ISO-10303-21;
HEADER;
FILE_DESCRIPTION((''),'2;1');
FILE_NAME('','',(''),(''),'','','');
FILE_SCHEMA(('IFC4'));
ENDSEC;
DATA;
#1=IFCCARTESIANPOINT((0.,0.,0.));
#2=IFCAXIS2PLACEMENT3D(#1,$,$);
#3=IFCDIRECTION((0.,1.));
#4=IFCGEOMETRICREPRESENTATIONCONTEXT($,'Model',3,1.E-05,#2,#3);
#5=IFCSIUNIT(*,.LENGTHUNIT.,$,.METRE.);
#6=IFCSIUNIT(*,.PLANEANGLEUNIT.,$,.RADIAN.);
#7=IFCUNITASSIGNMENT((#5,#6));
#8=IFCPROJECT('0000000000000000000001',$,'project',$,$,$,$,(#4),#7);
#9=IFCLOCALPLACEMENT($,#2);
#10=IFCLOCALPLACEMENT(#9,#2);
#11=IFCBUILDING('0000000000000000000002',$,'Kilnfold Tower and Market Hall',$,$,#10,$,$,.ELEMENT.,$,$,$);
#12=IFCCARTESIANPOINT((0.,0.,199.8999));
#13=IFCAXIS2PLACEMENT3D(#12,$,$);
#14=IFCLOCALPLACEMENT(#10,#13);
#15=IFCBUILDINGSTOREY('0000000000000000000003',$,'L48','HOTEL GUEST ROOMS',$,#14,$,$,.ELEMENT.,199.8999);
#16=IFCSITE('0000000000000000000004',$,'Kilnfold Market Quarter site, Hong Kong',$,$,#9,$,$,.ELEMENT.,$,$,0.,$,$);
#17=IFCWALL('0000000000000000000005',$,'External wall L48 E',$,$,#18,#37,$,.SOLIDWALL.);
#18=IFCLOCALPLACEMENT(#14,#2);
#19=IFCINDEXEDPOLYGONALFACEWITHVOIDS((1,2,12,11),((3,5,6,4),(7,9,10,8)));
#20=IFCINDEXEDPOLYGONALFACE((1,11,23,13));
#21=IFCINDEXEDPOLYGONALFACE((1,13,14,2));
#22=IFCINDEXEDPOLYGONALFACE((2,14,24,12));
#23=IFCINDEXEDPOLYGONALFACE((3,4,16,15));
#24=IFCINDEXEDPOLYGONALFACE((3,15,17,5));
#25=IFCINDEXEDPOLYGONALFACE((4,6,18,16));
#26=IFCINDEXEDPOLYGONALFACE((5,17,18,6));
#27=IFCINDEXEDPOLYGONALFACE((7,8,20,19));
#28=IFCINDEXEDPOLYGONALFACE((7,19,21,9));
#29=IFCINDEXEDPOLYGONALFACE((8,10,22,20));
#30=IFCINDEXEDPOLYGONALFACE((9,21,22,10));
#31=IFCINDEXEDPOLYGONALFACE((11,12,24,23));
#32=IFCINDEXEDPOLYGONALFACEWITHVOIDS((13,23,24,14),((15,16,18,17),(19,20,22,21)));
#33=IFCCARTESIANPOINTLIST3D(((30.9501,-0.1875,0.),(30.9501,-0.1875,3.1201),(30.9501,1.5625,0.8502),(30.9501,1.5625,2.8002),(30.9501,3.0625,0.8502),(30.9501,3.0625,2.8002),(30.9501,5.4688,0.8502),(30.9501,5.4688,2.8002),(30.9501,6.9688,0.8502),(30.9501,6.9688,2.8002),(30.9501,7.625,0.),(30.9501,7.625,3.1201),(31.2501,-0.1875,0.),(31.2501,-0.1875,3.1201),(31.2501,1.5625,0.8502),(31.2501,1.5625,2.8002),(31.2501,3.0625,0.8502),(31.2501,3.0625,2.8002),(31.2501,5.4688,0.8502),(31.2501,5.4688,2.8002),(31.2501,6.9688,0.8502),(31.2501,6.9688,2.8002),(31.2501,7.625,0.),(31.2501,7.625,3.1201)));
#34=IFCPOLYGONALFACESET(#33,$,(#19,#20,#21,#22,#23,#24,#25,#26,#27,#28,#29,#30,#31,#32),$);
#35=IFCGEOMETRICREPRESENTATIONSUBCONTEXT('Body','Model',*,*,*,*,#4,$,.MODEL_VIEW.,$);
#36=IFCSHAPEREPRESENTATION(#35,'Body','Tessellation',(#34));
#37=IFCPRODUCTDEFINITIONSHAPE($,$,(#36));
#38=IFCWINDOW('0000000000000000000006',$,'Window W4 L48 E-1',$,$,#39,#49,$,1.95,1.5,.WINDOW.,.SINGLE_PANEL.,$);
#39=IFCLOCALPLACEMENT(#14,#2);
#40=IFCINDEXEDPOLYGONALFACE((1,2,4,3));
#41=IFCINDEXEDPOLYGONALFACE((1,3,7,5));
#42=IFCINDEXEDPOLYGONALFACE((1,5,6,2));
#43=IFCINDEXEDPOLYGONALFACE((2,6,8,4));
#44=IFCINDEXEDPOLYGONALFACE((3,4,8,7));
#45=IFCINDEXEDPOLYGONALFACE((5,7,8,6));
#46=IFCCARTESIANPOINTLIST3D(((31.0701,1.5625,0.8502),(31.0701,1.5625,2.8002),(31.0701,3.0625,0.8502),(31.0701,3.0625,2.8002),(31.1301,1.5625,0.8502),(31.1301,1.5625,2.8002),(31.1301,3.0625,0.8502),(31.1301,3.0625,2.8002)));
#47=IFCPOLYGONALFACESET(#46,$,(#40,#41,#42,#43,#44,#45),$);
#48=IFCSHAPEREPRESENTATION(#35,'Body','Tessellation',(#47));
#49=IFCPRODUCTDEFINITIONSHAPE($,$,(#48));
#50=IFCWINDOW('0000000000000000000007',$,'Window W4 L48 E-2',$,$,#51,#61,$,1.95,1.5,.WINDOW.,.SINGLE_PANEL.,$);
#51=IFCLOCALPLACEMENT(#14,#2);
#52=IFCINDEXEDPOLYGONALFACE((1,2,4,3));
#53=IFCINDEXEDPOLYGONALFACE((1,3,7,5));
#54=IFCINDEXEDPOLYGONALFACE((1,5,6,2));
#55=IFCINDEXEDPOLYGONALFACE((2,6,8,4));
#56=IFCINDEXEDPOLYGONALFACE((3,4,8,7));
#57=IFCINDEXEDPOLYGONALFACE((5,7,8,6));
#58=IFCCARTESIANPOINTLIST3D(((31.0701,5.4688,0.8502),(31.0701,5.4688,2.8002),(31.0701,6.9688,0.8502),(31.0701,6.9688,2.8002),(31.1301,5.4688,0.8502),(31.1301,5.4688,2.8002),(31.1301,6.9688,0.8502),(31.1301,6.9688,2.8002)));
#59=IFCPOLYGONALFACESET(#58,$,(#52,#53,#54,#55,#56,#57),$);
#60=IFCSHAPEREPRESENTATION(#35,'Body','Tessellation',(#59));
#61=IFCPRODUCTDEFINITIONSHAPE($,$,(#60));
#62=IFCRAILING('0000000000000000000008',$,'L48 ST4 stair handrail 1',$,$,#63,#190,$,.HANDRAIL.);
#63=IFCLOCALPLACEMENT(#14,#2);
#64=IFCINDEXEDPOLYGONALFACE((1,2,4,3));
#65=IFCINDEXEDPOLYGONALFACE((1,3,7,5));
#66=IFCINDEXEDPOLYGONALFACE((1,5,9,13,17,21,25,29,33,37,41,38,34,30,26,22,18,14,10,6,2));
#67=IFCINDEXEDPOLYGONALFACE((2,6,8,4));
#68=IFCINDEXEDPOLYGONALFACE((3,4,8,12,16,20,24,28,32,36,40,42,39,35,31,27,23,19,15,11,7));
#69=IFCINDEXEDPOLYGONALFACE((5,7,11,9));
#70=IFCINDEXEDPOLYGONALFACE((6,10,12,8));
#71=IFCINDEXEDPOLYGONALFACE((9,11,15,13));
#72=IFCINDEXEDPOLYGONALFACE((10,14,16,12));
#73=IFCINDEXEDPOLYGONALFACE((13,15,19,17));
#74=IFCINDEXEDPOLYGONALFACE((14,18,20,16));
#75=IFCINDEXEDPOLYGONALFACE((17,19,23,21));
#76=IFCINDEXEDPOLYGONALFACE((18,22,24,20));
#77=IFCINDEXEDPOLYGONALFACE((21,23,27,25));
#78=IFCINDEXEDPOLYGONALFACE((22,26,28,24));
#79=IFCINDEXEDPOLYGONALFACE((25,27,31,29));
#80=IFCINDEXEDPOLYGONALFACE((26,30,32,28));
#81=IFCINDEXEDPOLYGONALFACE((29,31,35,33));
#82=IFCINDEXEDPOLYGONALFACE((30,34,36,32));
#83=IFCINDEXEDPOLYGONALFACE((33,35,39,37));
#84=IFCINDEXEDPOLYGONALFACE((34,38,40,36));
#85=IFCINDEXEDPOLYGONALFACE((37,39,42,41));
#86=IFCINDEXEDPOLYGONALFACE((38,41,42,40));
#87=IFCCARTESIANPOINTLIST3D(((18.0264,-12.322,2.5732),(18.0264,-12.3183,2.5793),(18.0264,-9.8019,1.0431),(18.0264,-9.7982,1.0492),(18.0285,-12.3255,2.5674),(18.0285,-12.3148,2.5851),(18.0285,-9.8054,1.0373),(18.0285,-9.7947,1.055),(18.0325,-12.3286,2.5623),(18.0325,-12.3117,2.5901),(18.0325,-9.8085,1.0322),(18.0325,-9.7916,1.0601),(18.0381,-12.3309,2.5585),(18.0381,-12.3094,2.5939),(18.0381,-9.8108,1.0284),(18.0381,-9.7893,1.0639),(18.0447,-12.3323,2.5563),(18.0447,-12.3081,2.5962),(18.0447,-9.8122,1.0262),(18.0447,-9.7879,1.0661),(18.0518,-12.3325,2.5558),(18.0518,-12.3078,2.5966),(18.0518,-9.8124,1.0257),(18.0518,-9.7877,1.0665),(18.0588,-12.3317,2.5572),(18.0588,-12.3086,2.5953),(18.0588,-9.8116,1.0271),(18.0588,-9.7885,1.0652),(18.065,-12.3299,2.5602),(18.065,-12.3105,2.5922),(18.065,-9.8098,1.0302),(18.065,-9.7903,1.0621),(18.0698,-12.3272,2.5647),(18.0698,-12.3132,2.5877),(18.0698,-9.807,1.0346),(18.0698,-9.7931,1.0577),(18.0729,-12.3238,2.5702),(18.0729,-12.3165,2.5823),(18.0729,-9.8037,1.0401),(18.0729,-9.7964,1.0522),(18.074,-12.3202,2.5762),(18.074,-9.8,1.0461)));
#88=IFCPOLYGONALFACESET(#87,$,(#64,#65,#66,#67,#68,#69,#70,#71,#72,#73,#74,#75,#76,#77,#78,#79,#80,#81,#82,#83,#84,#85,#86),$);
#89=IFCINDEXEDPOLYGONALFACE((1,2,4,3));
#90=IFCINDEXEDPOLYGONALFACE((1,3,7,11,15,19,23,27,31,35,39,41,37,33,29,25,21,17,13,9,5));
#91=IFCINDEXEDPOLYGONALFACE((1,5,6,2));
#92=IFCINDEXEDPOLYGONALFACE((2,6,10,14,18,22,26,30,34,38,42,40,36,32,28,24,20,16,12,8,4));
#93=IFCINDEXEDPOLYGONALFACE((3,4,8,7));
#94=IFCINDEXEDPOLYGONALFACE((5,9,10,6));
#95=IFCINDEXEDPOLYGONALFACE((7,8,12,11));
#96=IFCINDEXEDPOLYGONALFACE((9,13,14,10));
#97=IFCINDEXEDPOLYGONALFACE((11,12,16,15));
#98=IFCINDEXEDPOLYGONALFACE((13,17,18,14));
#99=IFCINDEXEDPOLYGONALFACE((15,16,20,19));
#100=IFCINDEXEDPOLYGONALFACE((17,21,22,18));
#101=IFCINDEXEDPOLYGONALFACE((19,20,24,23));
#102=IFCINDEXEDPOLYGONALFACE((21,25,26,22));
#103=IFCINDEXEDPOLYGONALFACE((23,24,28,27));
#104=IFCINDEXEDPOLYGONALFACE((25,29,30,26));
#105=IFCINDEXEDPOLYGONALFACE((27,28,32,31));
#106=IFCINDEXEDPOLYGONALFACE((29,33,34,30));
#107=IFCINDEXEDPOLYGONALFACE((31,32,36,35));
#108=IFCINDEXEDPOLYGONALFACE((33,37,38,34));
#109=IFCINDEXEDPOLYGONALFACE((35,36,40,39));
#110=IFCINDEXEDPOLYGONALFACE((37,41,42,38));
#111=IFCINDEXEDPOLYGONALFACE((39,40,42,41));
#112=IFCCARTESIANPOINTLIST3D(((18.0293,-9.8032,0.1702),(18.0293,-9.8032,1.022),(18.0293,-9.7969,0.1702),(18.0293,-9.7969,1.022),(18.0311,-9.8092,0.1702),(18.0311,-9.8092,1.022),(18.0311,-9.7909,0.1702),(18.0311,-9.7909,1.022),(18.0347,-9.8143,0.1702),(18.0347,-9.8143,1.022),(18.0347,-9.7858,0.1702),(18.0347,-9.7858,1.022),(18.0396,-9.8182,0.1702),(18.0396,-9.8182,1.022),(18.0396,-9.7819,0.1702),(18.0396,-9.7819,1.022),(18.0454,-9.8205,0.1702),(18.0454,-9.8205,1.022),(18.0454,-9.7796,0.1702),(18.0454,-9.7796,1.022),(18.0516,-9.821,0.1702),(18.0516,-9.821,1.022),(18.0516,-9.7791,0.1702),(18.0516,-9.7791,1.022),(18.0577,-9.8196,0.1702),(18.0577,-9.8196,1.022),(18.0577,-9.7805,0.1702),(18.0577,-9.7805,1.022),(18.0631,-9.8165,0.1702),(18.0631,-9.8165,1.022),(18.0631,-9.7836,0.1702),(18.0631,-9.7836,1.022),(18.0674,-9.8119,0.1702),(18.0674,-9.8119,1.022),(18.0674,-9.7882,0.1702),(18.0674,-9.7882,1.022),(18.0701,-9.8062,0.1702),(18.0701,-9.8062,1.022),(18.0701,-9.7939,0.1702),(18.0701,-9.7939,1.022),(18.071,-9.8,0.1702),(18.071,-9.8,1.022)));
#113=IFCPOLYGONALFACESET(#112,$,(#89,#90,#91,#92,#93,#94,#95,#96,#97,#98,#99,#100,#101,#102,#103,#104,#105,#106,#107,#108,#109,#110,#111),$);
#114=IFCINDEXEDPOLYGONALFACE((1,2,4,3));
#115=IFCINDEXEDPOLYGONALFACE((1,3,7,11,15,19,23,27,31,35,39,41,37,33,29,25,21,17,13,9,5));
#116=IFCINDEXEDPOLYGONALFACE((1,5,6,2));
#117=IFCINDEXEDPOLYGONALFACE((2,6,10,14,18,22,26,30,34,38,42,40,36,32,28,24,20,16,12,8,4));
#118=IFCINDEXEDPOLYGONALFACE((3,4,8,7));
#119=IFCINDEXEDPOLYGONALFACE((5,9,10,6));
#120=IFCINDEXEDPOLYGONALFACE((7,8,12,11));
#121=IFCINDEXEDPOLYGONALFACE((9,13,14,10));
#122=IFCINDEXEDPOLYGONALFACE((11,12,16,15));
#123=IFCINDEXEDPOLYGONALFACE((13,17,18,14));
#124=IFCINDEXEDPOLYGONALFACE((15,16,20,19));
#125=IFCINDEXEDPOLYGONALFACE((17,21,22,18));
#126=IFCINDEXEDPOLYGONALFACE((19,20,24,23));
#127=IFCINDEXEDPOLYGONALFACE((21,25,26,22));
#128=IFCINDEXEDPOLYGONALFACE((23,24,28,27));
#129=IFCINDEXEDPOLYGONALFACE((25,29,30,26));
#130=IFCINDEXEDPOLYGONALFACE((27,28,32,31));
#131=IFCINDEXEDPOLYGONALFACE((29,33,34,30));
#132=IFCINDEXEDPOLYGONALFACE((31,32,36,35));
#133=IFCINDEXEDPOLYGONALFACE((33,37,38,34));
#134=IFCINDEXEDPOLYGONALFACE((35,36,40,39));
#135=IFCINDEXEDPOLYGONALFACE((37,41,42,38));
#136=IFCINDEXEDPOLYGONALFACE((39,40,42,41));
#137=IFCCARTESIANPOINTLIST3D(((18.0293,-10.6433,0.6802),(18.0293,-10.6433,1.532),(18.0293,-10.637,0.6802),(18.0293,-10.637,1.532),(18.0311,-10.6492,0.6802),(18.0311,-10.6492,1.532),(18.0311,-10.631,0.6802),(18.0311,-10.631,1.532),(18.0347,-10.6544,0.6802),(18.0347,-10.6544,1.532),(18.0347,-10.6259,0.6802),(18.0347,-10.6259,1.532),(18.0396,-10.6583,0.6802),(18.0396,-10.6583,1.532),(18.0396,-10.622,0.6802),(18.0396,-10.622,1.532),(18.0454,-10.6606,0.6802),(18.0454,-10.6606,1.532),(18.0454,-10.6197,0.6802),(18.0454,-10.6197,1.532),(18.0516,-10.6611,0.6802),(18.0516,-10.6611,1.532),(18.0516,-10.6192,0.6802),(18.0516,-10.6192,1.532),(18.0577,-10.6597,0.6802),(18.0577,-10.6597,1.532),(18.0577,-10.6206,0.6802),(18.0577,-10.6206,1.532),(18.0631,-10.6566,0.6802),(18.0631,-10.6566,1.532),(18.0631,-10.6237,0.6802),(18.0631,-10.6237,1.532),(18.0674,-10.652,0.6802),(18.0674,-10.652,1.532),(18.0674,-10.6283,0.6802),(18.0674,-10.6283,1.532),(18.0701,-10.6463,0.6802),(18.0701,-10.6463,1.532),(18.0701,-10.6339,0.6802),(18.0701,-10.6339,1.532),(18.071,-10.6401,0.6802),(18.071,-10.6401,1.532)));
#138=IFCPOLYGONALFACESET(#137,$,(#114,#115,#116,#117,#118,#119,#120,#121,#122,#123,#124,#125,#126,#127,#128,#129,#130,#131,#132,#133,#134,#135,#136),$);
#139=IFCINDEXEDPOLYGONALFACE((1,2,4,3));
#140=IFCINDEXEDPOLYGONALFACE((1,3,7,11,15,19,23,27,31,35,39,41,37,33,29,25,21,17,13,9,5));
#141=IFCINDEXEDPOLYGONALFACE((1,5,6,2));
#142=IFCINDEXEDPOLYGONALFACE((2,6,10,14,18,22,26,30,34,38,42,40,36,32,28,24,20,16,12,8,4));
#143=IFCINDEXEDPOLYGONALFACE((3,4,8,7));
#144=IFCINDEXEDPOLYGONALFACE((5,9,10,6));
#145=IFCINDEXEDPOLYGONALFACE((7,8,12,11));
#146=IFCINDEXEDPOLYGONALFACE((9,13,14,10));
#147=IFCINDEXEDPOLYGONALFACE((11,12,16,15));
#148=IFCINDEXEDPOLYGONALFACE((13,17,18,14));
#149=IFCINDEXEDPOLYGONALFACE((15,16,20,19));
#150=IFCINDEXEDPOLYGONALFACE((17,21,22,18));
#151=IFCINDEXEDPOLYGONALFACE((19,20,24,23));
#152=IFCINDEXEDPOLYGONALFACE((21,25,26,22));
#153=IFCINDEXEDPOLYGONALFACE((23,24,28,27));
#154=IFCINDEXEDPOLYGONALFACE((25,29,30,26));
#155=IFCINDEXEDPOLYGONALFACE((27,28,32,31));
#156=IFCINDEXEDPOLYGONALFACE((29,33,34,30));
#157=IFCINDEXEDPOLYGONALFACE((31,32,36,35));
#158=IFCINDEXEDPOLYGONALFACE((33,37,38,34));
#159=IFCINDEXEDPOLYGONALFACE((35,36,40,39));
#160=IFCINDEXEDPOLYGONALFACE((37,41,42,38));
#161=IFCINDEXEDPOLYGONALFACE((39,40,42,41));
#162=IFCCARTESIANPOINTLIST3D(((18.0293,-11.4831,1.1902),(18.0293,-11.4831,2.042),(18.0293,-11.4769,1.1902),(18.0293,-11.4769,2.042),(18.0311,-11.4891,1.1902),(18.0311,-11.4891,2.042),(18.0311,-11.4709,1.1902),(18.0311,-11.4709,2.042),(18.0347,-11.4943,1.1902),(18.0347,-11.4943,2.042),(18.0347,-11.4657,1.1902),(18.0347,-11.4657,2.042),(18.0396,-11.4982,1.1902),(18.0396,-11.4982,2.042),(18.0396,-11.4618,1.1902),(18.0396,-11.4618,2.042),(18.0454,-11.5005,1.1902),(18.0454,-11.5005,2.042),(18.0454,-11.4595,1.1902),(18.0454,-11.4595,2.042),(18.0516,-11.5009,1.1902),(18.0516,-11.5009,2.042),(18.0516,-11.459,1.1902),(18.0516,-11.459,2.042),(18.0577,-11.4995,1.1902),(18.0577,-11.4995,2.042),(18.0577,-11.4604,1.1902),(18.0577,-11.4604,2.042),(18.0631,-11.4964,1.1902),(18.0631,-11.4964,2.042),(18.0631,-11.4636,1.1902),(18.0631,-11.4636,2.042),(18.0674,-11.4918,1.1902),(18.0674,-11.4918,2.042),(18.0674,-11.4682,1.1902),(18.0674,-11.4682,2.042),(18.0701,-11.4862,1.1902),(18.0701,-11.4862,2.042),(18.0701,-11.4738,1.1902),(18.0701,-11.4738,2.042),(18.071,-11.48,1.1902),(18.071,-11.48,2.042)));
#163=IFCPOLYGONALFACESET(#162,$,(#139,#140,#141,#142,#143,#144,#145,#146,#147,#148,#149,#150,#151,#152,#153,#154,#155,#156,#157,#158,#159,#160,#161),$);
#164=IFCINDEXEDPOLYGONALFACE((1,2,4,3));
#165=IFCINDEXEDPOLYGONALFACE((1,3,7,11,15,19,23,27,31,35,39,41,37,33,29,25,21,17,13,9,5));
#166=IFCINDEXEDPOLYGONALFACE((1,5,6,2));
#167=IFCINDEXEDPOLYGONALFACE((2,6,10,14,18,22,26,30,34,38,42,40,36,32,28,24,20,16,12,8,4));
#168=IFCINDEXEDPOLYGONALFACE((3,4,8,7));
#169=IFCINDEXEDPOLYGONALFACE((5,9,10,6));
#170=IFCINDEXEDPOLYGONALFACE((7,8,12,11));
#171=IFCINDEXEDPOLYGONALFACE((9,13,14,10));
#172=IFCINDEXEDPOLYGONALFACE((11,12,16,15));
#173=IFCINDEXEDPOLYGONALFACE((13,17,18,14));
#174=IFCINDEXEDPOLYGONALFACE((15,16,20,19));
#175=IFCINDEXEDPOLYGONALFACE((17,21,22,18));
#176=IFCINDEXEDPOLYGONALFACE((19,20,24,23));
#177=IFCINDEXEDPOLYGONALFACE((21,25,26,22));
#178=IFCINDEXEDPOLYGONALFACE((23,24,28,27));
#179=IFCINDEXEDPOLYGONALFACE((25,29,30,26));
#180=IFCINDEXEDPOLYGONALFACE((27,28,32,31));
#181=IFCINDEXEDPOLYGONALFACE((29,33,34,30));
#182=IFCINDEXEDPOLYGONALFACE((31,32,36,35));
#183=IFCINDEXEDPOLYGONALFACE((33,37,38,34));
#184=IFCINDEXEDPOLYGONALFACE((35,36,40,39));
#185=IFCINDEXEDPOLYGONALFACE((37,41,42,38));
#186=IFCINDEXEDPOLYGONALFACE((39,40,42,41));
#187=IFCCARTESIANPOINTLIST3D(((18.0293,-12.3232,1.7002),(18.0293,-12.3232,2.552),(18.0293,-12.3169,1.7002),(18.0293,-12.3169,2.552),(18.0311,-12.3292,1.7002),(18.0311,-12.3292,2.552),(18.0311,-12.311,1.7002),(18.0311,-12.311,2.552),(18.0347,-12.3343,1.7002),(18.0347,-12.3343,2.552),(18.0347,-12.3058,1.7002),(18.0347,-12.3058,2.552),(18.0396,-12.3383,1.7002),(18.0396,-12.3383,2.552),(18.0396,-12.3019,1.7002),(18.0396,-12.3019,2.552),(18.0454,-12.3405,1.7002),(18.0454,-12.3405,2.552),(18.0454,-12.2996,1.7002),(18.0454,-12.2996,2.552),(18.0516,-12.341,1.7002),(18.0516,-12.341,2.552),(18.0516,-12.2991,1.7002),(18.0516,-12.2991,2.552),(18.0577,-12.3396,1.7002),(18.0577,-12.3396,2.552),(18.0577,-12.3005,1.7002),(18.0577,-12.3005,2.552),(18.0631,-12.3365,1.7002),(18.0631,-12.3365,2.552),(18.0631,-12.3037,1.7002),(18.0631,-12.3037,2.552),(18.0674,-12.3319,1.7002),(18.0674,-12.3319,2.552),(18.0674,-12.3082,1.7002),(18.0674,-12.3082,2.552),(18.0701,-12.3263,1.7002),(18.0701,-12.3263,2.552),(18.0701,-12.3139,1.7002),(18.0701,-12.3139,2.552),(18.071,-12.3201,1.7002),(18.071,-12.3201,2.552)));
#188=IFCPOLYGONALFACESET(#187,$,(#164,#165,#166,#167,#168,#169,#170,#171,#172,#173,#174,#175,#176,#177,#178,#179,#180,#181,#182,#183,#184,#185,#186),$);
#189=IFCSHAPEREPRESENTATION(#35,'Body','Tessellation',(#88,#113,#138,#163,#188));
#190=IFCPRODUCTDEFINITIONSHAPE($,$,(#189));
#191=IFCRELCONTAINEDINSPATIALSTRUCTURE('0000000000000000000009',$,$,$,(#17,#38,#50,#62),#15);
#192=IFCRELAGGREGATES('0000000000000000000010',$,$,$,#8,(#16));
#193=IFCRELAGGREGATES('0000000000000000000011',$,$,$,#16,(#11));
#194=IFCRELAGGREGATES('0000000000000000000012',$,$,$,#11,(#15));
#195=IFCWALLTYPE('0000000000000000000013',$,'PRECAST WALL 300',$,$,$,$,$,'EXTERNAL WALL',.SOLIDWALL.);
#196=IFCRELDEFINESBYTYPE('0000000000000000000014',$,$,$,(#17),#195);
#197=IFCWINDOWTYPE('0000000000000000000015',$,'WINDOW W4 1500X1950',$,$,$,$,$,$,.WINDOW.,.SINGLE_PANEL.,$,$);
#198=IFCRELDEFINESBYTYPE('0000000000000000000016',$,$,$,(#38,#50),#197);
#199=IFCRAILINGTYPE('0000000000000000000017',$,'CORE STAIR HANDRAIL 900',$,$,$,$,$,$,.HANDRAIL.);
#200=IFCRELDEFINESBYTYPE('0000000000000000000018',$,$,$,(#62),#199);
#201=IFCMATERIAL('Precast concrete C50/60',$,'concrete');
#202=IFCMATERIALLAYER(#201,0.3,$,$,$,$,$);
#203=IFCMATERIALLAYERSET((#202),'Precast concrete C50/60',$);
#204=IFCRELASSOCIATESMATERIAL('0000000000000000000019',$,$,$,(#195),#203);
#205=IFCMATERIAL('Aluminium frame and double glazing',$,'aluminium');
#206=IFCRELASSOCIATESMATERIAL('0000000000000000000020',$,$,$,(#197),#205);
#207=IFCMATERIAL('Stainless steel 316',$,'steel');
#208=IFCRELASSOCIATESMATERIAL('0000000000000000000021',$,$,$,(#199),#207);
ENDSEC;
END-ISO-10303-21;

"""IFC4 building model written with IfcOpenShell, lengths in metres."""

from ifc_helpers import new_model, si_unit, direction, frame, frame_2d, origin, origin_2d, place, context, subcontext, project, spatial, rectangle, circle, extrude, source, transform, mapped, material, layer, layer_set, type_object, element, fill, save


model = new_model("IFC4")

# Units and contexts
model_context = context("Model", 3, precision=1e-05, world=origin(), true_north=direction((0.0, 1.0)))
body_context = subcontext(model_context, "Body", "Model", "MODEL_VIEW")
ifc_project = project(units=[si_unit("LENGTHUNIT", "METRE"), si_unit("PLANEANGLEUNIT", "RADIAN")], contexts=[model_context])

# Site, building, storey
site_placement = place(None, origin())
site = spatial("IfcSite", under=ifc_project, at=site_placement, Name="Kilnfold Market Quarter site, Hong Kong", CompositionType="ELEMENT", RefElevation=0.0)
building_placement = place(site_placement, origin())
building = spatial("IfcBuilding", under=site, at=building_placement, Name="Kilnfold Tower and Market Hall", CompositionType="ELEMENT")
storey_placement = place(building_placement, frame((0.0, 0.0, 199.8999)))
storey = spatial("IfcBuildingStorey", under=building, at=storey_placement, Name="L48", Description="HOTEL GUEST ROOMS", CompositionType="ELEMENT", Elevation=199.8999)

# Wall, openings, windows
ifc_material_1 = material(Name="Precast concrete C50/60", Category="concrete")
ifc_layer_1 = layer(ifc_material_1, 0.3)
ifc_layer_set_1 = layer_set([ifc_layer_1], Name="Precast concrete C50/60")
wall_type_1 = type_object("IfcWallType", Name="PRECAST WALL 300", ElementType="EXTERNAL WALL", PredefinedType="SOLIDWALL", material=ifc_layer_set_1)
shared_shape_1 = source(origin(), body_context, "Body", "SweptSolid", [
    extrude(rectangle(XDim=7.8125, YDim=0.3, at=frame_2d((3.9062, 0.0))), origin(), (0.0, 0.0, 1.0), 3.1201),
])
ifc_material_2 = material(Name="Aluminium frame and double glazing", Category="aluminium")
window_type = type_object("IfcWindowType", Name="WINDOW W4 1500X1950", PartitioningType="SINGLE_PANEL", PredefinedType="WINDOW", material=ifc_material_2)
wall_1_placement = place(storey_placement, frame((31.1001, -0.1875, 0.0), z_axis=(0.0, 0.0, 1.0), x_axis=(0.0, 1.0, 0.0)))
wall_1 = element("IfcWall", 1, at=wall_1_placement, inside=storey, type_object=wall_type_1, Name="External wall L48 E", PredefinedType="SOLIDWALL", context=body_context, shape_type="MappedRepresentation", body=[
    mapped(shared_shape_1, transform((0.0, 0.0, 0.0))),
])
opening_1_placement = place(wall_1_placement, frame((1.75, 0.0, 0.8501)))
opening_1 = element("IfcOpeningElement", 2, at=opening_1_placement, cuts=wall_1, PredefinedType="OPENING", context=body_context, shape_type="SweptSolid", body=[
    extrude(rectangle(XDim=1.5, YDim=1.95, at=frame_2d((0.75, 0.9751))), frame((0.0, 0.1602, 0.0), z_axis=(0.0, -1.0, 0.0), x_axis=(1.0, 0.0, 0.0)), (0.0, 0.0, 1.0), 0.3201),
])
opening_2_placement = place(wall_1_placement, frame((5.6562, 0.0, 0.8501)))
opening_2 = element("IfcOpeningElement", 3, at=opening_2_placement, cuts=wall_1, PredefinedType="OPENING", context=body_context, shape_type="SweptSolid", body=[
    extrude(rectangle(XDim=1.5, YDim=1.95, at=frame_2d((0.75, 0.9751))), frame((0.0, 0.1602, 0.0), z_axis=(0.0, -1.0, 0.0), x_axis=(1.0, 0.0, 0.0)), (0.0, 0.0, 1.0), 0.3201),
])
window_1_placement = place(opening_1_placement, origin())
window_1 = element("IfcWindow", 4, at=window_1_placement, inside=storey, type_object=window_type, Name="Window W4 L48 E-1", OverallHeight=1.95, OverallWidth=1.5, PartitioningType="SINGLE_PANEL", PredefinedType="WINDOW", context=body_context, shape_type="SweptSolid", body=[
    extrude(rectangle(XDim=1.5, YDim=1.95, at=frame_2d((0.75, 0.9751))), frame((0.0, 0.03, 0.0), z_axis=(0.0, -1.0, 0.0), x_axis=(1.0, 0.0, 0.0)), (0.0, 0.0, 1.0), 0.0601),
])
fill(opening_1, window_1)
window_2_placement = place(opening_2_placement, origin())
window_2 = element("IfcWindow", 5, at=window_2_placement, inside=storey, type_object=window_type, Name="Window W4 L48 E-2", OverallHeight=1.95, OverallWidth=1.5, PartitioningType="SINGLE_PANEL", PredefinedType="WINDOW", context=body_context, shape_type="SweptSolid", body=[
    extrude(rectangle(XDim=1.5, YDim=1.95, at=frame_2d((0.75, 0.9751))), frame((0.0, 0.03, 0.0), z_axis=(0.0, -1.0, 0.0), x_axis=(1.0, 0.0, 0.0)), (0.0, 0.0, 1.0), 0.0601),
])
fill(opening_2, window_2)

# Railing
ifc_material_3 = material(Name="Stainless steel 316", Category="steel")
railing_type_1 = type_object("IfcRailingType", Name="CORE STAIR HANDRAIL 900", PredefinedType="HANDRAIL", material=ifc_material_3)
railing_1_placement = place(storey_placement, frame((18.05, -9.8, 0.1702)))
element("IfcRailing", 6, at=railing_1_placement, inside=storey, type_object=railing_type_1, Name="L48 ST4 stair handrail 1", PredefinedType="HANDRAIL", context=body_context, shape_type="SweptSolid", body=[
    extrude(circle(Radius=0.0239, at=origin_2d()), frame((0.0, 0.0, 0.876), z_axis=(0.0, -0.854785, 0.518982), x_axis=(1.0, 0.0, 0.0)), (0.0, 0.0, 1.0), 2.9482),
    extrude(circle(Radius=0.021, at=origin_2d()), origin(), (0.0, 0.0, 1.0), 0.8518),
    extrude(circle(Radius=0.021, at=origin_2d()), frame((0.0, -0.8401, 0.51)), (0.0, 0.0, 1.0), 0.8518),
    extrude(circle(Radius=0.021, at=origin_2d()), frame((0.0, -1.6799, 1.02)), (0.0, 0.0, 1.0), 0.8518),
    extrude(circle(Radius=0.021, at=origin_2d()), frame((0.0, -2.52, 1.53)), (0.0, 0.0, 1.0), 0.8518),
])

save(model, "model.ifc")
